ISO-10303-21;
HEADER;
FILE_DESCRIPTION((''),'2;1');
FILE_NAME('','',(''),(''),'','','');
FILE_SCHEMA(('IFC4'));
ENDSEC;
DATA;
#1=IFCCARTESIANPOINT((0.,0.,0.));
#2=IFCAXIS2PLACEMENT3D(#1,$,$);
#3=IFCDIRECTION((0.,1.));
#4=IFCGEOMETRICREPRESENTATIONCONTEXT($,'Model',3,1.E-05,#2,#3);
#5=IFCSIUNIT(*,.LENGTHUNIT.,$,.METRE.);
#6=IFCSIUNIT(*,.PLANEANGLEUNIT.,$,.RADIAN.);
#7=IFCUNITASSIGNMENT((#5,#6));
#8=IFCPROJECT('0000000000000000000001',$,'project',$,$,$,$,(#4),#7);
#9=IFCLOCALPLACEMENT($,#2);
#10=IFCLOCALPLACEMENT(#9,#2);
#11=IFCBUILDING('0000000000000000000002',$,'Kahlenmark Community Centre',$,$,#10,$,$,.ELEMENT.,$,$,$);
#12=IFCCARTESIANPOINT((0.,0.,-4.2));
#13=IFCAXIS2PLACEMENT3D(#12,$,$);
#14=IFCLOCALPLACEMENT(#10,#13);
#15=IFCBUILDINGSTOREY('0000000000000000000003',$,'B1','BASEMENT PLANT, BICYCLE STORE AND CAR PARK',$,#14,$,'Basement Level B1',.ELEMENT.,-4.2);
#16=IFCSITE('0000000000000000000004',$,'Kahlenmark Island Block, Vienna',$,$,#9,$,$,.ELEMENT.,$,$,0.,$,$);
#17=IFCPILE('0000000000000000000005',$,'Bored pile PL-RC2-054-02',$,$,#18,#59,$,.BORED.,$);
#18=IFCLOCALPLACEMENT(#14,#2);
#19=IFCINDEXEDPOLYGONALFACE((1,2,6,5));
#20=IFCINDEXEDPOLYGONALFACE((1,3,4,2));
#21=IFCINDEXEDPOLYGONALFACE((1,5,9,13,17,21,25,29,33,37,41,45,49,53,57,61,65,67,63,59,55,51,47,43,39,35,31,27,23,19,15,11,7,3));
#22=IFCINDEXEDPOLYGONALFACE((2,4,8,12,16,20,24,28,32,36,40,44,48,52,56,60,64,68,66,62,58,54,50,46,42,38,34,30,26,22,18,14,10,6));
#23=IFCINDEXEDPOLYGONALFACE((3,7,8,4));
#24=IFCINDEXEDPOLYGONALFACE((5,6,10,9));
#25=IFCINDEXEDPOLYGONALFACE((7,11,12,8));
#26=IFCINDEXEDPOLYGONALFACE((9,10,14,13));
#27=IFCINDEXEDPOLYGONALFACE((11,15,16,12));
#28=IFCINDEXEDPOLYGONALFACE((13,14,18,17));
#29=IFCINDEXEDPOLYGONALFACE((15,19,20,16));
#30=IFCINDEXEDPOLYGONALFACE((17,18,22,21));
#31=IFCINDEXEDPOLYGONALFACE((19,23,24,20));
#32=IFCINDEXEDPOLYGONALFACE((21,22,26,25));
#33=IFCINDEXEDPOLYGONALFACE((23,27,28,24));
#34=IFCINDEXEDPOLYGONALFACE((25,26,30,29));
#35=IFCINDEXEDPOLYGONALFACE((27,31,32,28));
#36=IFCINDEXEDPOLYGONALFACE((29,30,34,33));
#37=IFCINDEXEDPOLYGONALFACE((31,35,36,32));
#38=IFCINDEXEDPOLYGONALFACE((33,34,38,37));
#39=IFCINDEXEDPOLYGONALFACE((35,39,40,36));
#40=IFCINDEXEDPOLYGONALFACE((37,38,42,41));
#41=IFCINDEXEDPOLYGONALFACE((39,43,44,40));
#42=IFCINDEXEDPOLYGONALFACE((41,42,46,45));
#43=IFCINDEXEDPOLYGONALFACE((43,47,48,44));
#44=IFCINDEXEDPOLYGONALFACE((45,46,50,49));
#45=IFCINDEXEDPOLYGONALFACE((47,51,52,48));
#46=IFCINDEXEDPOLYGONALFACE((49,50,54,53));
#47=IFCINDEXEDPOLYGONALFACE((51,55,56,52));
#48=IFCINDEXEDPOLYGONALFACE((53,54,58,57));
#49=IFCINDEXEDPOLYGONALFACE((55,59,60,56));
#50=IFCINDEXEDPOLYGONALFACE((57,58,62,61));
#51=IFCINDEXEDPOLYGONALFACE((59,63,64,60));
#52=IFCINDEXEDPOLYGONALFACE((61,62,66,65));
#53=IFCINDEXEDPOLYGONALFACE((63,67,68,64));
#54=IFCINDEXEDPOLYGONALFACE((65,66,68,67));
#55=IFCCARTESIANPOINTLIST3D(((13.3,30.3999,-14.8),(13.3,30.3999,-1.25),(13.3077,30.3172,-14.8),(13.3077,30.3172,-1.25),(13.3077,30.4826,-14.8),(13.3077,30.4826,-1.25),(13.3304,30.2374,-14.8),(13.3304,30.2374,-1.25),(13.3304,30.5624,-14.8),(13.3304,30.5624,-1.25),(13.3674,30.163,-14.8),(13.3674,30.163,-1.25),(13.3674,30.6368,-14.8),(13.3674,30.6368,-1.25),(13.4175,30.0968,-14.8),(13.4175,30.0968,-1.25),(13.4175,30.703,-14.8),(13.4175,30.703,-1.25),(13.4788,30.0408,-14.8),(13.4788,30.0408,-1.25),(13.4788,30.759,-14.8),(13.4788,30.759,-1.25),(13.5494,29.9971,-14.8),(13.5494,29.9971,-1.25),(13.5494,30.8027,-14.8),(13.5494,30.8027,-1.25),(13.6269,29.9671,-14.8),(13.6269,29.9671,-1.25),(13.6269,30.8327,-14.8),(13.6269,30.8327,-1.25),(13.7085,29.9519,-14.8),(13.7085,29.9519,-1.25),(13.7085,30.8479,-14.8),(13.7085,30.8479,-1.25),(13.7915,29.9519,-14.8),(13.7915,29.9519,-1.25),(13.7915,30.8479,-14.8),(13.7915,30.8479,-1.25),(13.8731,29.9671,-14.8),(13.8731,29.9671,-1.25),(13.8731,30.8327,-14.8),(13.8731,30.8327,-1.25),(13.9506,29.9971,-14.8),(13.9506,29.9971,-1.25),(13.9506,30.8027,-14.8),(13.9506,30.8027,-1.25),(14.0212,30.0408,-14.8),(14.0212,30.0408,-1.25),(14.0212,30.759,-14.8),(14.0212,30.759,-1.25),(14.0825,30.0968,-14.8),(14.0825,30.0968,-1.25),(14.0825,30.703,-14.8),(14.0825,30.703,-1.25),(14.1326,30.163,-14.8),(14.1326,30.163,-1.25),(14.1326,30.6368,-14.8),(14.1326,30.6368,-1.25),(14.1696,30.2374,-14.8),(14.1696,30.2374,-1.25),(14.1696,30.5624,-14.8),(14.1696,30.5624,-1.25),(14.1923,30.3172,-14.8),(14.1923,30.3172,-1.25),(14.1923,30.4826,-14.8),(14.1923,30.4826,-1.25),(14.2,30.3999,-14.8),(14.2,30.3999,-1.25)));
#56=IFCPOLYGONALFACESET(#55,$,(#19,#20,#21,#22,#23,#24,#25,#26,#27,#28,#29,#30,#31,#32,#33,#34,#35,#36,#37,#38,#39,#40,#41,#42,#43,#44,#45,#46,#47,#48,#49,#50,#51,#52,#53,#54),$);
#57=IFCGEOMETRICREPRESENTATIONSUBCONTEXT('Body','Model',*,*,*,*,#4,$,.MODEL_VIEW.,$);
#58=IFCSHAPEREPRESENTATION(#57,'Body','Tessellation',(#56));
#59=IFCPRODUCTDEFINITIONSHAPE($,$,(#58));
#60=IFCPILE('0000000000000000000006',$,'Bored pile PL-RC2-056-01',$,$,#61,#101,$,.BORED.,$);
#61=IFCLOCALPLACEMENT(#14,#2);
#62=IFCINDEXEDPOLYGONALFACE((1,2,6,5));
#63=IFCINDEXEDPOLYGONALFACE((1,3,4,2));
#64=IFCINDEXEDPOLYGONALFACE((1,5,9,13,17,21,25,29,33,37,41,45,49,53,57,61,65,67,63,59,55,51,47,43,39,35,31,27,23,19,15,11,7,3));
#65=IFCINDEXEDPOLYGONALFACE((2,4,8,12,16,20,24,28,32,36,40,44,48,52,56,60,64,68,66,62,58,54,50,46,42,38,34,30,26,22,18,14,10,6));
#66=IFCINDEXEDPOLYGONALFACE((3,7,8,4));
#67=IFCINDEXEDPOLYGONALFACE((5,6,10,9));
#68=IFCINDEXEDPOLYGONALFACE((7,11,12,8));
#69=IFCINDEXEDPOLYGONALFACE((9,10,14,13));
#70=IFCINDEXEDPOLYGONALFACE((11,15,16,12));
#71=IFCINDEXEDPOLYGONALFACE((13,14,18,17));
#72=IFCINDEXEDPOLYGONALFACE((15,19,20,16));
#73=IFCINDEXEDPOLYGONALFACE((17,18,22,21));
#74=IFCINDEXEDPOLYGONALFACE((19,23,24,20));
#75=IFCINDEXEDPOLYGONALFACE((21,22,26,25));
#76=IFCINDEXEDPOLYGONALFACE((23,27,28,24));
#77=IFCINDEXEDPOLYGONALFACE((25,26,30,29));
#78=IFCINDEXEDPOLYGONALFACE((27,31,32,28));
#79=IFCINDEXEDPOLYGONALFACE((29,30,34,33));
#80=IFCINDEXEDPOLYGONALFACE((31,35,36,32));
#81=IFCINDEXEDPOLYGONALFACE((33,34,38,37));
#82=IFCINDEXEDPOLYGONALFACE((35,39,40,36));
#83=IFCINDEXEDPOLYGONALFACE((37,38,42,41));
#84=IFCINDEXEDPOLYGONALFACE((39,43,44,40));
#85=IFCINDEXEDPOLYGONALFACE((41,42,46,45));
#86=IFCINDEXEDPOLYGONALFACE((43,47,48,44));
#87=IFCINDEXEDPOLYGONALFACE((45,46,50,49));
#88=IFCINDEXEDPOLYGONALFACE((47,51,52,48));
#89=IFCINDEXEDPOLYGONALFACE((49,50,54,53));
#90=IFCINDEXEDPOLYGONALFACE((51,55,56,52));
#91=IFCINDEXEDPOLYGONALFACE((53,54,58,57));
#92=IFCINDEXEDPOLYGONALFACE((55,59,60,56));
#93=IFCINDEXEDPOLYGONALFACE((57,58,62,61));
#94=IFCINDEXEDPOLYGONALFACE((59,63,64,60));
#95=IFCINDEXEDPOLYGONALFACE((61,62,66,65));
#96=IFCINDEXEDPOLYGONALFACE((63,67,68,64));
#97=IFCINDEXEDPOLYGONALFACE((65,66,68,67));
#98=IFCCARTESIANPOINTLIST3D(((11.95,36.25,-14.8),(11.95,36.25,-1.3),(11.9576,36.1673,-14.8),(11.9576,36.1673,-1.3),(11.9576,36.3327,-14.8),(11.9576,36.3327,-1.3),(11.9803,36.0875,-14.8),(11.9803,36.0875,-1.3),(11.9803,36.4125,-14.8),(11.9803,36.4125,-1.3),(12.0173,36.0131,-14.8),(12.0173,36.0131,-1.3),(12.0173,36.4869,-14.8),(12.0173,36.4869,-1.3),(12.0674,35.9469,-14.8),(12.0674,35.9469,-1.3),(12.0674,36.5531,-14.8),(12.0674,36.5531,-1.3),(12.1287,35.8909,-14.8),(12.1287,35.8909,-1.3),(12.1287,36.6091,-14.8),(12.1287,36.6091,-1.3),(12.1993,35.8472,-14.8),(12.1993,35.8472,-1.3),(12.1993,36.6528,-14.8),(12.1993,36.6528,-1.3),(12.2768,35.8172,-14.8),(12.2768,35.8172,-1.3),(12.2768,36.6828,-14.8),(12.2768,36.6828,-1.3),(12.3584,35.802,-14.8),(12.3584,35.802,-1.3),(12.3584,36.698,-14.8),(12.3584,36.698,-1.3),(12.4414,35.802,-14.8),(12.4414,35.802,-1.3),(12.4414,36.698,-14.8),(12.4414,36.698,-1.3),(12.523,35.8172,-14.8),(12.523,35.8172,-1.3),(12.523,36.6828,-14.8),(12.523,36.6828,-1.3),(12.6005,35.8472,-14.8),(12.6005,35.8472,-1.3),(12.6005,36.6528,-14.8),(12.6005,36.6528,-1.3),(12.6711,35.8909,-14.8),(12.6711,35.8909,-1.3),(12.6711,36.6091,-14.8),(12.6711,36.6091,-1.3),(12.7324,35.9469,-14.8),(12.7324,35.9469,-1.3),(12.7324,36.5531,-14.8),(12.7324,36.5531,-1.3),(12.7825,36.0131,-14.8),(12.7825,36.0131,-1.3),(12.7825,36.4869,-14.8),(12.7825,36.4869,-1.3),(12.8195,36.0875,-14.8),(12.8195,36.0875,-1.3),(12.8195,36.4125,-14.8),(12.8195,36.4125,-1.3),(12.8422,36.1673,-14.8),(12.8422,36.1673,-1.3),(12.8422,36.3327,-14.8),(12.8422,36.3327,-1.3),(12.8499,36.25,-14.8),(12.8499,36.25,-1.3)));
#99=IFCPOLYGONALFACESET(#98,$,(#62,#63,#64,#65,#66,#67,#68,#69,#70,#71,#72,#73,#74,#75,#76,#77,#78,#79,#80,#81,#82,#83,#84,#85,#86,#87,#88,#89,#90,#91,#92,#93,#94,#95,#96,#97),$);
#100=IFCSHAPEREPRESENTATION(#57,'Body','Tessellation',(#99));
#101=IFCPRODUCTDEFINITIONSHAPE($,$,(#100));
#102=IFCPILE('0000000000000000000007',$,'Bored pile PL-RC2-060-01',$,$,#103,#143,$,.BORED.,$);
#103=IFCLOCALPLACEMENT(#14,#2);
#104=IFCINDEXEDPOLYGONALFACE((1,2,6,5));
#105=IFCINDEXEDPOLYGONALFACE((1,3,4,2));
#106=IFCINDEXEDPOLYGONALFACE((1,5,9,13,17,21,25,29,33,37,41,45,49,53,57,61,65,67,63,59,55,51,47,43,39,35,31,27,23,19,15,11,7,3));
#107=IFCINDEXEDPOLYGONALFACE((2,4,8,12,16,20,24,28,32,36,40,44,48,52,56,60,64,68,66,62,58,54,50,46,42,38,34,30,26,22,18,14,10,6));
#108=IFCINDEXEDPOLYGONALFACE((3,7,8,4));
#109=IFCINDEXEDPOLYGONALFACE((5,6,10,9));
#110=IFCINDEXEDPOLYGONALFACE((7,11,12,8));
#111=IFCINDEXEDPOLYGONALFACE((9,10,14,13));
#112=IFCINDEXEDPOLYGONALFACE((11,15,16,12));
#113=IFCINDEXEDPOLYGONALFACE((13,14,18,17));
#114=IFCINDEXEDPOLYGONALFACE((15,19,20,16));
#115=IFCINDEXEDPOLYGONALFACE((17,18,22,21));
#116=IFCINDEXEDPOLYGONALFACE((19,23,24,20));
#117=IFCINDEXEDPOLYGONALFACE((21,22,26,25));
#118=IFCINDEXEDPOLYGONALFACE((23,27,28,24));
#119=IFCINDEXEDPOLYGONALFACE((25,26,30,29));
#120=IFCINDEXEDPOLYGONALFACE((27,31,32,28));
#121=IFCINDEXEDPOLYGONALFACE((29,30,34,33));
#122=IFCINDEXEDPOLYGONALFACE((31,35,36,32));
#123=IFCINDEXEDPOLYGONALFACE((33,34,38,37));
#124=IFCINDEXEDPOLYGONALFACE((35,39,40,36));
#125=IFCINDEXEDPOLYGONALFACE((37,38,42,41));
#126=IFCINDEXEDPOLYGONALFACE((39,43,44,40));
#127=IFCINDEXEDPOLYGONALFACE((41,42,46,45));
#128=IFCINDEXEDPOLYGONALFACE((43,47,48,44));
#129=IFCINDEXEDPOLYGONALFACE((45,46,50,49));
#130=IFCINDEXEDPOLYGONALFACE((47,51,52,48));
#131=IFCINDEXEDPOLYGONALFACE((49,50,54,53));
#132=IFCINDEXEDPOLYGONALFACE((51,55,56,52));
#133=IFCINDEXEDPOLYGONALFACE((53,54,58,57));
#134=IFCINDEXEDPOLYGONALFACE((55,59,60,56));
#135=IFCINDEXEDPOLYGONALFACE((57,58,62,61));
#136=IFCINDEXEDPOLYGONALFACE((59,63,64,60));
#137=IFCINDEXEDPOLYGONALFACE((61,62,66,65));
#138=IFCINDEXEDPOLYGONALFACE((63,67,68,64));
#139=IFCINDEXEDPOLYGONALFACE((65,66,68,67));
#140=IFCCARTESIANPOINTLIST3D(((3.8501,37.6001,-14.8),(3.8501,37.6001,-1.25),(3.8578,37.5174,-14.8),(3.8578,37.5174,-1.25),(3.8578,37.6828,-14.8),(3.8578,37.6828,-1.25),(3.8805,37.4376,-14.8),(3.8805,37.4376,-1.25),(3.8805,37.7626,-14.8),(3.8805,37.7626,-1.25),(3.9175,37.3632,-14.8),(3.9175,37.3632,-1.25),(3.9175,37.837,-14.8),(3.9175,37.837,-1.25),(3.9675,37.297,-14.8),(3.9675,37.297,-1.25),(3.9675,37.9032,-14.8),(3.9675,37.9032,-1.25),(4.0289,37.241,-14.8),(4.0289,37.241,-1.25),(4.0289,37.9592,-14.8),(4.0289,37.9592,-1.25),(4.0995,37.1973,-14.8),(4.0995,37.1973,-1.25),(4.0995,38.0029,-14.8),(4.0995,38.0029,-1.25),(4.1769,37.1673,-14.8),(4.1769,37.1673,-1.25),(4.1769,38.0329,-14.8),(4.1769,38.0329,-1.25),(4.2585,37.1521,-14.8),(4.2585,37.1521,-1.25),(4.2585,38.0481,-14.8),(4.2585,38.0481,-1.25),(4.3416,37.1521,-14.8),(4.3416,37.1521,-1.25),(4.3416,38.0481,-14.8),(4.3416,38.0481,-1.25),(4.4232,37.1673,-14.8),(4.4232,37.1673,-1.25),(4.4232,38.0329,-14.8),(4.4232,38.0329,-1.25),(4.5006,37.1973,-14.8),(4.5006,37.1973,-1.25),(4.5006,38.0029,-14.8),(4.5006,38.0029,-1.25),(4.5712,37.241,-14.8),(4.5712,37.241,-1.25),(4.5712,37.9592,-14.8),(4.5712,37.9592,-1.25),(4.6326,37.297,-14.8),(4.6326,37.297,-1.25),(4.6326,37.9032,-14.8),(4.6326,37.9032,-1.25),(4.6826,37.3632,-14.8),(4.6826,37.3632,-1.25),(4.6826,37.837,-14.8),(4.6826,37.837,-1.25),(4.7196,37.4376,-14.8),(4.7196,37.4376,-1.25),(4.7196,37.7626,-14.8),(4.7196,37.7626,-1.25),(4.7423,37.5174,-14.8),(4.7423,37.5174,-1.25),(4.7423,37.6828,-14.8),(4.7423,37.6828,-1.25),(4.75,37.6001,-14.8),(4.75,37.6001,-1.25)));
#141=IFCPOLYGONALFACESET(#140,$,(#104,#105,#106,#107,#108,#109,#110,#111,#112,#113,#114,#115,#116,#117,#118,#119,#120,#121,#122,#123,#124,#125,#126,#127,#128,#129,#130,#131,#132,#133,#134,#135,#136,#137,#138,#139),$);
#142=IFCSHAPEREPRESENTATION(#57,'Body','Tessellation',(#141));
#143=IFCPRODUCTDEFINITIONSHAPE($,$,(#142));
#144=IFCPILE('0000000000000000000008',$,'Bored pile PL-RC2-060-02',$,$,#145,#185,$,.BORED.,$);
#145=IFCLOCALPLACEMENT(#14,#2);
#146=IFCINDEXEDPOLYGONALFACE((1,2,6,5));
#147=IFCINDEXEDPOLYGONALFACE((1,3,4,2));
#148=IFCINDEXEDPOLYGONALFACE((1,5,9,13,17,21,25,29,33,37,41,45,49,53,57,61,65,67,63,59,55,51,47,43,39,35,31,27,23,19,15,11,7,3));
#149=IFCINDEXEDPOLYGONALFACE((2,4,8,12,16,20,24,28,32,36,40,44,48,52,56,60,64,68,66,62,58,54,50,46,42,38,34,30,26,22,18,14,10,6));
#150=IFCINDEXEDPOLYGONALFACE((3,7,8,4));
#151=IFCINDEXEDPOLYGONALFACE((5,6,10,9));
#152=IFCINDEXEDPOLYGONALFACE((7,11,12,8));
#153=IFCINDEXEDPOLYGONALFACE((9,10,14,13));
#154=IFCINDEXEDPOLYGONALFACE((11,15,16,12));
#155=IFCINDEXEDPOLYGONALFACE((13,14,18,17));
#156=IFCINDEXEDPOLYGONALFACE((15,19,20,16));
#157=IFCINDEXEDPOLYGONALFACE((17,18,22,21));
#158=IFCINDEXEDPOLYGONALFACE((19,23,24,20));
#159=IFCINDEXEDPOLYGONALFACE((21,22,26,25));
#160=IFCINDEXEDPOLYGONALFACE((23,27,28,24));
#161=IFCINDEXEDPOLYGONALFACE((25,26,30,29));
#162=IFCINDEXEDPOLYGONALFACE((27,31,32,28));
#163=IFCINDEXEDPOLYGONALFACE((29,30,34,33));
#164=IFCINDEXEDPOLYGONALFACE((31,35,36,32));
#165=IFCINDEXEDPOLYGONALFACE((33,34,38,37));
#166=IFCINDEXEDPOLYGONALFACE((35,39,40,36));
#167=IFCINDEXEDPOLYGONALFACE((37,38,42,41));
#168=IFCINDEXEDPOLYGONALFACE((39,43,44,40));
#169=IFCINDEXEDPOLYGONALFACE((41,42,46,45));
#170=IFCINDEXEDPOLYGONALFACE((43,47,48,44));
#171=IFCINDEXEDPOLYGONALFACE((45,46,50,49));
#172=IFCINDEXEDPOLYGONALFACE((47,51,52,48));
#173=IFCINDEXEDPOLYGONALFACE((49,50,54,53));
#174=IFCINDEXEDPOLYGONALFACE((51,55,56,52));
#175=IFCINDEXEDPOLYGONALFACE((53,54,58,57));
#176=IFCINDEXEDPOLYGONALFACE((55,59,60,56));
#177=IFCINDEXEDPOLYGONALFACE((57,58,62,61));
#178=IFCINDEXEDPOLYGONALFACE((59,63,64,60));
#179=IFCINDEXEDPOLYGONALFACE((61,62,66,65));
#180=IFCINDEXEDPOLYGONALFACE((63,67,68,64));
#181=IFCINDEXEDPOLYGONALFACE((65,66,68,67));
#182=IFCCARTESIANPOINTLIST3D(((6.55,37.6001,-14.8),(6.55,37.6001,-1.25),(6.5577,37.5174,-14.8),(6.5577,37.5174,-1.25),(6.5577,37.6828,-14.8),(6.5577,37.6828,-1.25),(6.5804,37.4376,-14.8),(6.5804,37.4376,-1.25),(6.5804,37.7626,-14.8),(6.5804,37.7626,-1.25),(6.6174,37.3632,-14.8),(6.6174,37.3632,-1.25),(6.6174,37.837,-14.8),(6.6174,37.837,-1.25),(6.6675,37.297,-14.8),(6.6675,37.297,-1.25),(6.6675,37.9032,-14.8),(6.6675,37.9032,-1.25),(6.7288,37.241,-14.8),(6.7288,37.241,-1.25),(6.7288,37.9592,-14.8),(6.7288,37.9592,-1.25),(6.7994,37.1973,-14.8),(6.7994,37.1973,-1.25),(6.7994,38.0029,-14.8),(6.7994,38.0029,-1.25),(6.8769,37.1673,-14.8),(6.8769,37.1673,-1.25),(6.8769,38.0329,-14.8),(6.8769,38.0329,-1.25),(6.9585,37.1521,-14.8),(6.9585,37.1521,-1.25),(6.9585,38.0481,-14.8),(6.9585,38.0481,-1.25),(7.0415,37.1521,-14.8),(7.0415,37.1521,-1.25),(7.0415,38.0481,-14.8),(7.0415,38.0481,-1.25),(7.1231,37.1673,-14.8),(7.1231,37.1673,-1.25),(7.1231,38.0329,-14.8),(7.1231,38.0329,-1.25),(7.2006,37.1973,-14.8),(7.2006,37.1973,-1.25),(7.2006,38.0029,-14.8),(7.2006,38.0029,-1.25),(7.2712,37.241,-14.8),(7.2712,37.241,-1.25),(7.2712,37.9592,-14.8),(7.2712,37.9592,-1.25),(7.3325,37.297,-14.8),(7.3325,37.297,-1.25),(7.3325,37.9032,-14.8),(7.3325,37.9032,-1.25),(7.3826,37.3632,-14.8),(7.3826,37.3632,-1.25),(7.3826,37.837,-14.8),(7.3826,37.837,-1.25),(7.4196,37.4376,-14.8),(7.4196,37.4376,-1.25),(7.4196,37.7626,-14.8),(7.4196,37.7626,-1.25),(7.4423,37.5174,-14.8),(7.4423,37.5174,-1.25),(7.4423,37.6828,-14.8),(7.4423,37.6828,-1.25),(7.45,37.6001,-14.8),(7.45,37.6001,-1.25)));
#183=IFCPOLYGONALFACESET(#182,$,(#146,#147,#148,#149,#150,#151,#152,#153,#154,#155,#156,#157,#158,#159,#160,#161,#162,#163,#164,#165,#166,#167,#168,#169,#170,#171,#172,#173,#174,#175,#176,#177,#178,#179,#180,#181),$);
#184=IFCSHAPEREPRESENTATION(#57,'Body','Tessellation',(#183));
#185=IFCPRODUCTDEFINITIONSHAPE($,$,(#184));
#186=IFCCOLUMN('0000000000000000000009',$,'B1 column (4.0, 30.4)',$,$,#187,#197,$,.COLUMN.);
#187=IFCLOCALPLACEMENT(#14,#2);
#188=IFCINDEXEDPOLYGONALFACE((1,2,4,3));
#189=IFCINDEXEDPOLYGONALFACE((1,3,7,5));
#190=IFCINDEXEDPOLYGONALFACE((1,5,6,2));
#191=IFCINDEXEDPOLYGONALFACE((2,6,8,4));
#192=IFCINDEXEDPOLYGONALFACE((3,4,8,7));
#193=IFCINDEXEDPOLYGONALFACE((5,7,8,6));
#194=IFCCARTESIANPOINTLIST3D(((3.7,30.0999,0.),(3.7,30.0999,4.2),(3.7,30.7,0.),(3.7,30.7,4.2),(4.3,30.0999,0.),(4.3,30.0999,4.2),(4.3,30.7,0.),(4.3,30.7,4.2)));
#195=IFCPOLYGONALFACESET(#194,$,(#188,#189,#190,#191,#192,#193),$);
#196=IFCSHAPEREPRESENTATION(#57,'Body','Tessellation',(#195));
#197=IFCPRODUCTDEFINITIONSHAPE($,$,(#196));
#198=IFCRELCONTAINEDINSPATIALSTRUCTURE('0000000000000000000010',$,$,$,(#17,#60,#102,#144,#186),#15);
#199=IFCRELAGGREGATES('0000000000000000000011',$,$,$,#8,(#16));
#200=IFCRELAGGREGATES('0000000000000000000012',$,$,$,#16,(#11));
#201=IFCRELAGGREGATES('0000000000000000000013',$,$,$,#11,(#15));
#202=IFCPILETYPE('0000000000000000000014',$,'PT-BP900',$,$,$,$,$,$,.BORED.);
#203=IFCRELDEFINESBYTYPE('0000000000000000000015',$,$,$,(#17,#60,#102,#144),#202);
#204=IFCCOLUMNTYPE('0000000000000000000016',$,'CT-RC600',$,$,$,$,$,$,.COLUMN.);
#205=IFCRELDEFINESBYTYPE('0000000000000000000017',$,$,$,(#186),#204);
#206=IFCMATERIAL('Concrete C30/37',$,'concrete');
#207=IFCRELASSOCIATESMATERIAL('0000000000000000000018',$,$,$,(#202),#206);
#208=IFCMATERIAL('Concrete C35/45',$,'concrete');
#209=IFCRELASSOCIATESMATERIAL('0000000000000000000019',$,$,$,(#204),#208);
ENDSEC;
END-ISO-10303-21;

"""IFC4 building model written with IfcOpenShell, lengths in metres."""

from ifc_helpers import new_model, si_unit, direction, frame, origin, origin_2d, place, context, subcontext, project, spatial, rectangle, circle, extrude, material, material_profile, profile_set, type_object, element, save


model = new_model("IFC4")

# Units and contexts
model_context = context("Model", 3, precision=1e-05, world=origin(), true_north=direction((0.0, 1.0)))
body_context = subcontext(model_context, "Body", "Model", "MODEL_VIEW")
ifc_project = project(units=[si_unit("LENGTHUNIT", "METRE"), si_unit("PLANEANGLEUNIT", "RADIAN")], contexts=[model_context])

# Site, building, storey
site_placement = place(None, origin())
site = spatial("IfcSite", under=ifc_project, at=site_placement, Name="Kahlenmark Island Block, Vienna", CompositionType="ELEMENT", RefElevation=0.0)
building_placement = place(site_placement, origin())
building = spatial("IfcBuilding", under=site, at=building_placement, Name="Kahlenmark Community Centre", CompositionType="ELEMENT")
storey_placement = place(building_placement, frame((0.0, 0.0, -4.2)))
storey = spatial("IfcBuildingStorey", under=building, at=storey_placement, Name="B1", Description="BASEMENT PLANT, BICYCLE STORE AND CAR PARK", LongName="Basement Level B1", CompositionType="ELEMENT", Elevation=-4.2)

# Shared definitions
ifc_material_1 = material(Name="Concrete C30/37", Category="concrete")

# Piles
ifc_material_profile_1 = material_profile(ifc_material_1, circle(Radius=0.45, at=origin_2d()), Name="BORED PILE 900")
ifc_profile_set_1 = profile_set([ifc_material_profile_1], Name="Concrete C30/37")
pile_type_1 = type_object("IfcPileType", Name="PT-BP900", PredefinedType="BORED", material=ifc_profile_set_1)
for number, where, z_axis, x_axis, name in (
    (1, (13.75, 30.3999, -1.25), (0.0, 0.0, -1.0), (1.0, 0.0, 0.0), "Bored pile PL-RC2-054-02"),
):
    element("IfcPile", number, at=place(storey_placement, frame(where, z_axis=z_axis, x_axis=x_axis)), inside=storey, type_object=pile_type_1, Name=name, PredefinedType="BORED", context=body_context, shape_type="SweptSolid", body=[
        extrude(circle(Radius=0.45, at=origin_2d()), origin(), (0.0, 0.0, 1.0), 13.55),
    ])
pile_1_placement = place(storey_placement, frame((12.3999, 36.25, -1.3), z_axis=(0.0, 0.0, -1.0), x_axis=(1.0, 0.0, 0.0)))
element("IfcPile", 2, at=pile_1_placement, inside=storey, type_object=pile_type_1, Name="Bored pile PL-RC2-056-01", PredefinedType="BORED", context=body_context, shape_type="SweptSolid", body=[
    extrude(circle(Radius=0.45, at=origin_2d()), origin(), (0.0, 0.0, 1.0), 13.5),
])
for number, where, z_axis, x_axis, name in (
    (3, (4.3, 37.6001, -1.25), (0.0, 0.0, -1.0), (1.0, 0.0, 0.0), "Bored pile PL-RC2-060-01"),
    (4, (7.0, 37.6001, -1.25), (0.0, 0.0, -1.0), (1.0, 0.0, 0.0), "Bored pile PL-RC2-060-02"),
):
    element("IfcPile", number, at=place(storey_placement, frame(where, z_axis=z_axis, x_axis=x_axis)), inside=storey, type_object=pile_type_1, Name=name, PredefinedType="BORED", context=body_context, shape_type="SweptSolid", body=[
        extrude(circle(Radius=0.45, at=origin_2d()), origin(), (0.0, 0.0, 1.0), 13.55),
    ])

# Column
ifc_material_2 = material(Name="Concrete C35/45", Category="concrete")
ifc_material_profile_2 = material_profile(ifc_material_2, rectangle(XDim=0.6001, YDim=0.6001, at=origin_2d()), Name="RC 600x600")
ifc_profile_set_2 = profile_set([ifc_material_profile_2], Name="Concrete C35/45")
column_type = type_object("IfcColumnType", Name="CT-RC600", PredefinedType="COLUMN", material=ifc_profile_set_2)
for number, where, z_axis, x_axis, name in (
    (5, (4.0, 30.3999, 0.0), (0.0, 0.0, 1.0), (1.0, 0.0, 0.0), "B1 column (4.0, 30.4)"),
):
    element("IfcColumn", number, at=place(storey_placement, frame(where, z_axis=z_axis, x_axis=x_axis)), inside=storey, type_object=column_type, Name=name, PredefinedType="COLUMN", context=body_context, shape_type="SweptSolid", body=[
        extrude(rectangle(XDim=0.6001, YDim=0.6001, at=origin_2d()), origin(), (0.0, 0.0, 1.0), 4.2),
    ])

save(model, "model.ifc")
